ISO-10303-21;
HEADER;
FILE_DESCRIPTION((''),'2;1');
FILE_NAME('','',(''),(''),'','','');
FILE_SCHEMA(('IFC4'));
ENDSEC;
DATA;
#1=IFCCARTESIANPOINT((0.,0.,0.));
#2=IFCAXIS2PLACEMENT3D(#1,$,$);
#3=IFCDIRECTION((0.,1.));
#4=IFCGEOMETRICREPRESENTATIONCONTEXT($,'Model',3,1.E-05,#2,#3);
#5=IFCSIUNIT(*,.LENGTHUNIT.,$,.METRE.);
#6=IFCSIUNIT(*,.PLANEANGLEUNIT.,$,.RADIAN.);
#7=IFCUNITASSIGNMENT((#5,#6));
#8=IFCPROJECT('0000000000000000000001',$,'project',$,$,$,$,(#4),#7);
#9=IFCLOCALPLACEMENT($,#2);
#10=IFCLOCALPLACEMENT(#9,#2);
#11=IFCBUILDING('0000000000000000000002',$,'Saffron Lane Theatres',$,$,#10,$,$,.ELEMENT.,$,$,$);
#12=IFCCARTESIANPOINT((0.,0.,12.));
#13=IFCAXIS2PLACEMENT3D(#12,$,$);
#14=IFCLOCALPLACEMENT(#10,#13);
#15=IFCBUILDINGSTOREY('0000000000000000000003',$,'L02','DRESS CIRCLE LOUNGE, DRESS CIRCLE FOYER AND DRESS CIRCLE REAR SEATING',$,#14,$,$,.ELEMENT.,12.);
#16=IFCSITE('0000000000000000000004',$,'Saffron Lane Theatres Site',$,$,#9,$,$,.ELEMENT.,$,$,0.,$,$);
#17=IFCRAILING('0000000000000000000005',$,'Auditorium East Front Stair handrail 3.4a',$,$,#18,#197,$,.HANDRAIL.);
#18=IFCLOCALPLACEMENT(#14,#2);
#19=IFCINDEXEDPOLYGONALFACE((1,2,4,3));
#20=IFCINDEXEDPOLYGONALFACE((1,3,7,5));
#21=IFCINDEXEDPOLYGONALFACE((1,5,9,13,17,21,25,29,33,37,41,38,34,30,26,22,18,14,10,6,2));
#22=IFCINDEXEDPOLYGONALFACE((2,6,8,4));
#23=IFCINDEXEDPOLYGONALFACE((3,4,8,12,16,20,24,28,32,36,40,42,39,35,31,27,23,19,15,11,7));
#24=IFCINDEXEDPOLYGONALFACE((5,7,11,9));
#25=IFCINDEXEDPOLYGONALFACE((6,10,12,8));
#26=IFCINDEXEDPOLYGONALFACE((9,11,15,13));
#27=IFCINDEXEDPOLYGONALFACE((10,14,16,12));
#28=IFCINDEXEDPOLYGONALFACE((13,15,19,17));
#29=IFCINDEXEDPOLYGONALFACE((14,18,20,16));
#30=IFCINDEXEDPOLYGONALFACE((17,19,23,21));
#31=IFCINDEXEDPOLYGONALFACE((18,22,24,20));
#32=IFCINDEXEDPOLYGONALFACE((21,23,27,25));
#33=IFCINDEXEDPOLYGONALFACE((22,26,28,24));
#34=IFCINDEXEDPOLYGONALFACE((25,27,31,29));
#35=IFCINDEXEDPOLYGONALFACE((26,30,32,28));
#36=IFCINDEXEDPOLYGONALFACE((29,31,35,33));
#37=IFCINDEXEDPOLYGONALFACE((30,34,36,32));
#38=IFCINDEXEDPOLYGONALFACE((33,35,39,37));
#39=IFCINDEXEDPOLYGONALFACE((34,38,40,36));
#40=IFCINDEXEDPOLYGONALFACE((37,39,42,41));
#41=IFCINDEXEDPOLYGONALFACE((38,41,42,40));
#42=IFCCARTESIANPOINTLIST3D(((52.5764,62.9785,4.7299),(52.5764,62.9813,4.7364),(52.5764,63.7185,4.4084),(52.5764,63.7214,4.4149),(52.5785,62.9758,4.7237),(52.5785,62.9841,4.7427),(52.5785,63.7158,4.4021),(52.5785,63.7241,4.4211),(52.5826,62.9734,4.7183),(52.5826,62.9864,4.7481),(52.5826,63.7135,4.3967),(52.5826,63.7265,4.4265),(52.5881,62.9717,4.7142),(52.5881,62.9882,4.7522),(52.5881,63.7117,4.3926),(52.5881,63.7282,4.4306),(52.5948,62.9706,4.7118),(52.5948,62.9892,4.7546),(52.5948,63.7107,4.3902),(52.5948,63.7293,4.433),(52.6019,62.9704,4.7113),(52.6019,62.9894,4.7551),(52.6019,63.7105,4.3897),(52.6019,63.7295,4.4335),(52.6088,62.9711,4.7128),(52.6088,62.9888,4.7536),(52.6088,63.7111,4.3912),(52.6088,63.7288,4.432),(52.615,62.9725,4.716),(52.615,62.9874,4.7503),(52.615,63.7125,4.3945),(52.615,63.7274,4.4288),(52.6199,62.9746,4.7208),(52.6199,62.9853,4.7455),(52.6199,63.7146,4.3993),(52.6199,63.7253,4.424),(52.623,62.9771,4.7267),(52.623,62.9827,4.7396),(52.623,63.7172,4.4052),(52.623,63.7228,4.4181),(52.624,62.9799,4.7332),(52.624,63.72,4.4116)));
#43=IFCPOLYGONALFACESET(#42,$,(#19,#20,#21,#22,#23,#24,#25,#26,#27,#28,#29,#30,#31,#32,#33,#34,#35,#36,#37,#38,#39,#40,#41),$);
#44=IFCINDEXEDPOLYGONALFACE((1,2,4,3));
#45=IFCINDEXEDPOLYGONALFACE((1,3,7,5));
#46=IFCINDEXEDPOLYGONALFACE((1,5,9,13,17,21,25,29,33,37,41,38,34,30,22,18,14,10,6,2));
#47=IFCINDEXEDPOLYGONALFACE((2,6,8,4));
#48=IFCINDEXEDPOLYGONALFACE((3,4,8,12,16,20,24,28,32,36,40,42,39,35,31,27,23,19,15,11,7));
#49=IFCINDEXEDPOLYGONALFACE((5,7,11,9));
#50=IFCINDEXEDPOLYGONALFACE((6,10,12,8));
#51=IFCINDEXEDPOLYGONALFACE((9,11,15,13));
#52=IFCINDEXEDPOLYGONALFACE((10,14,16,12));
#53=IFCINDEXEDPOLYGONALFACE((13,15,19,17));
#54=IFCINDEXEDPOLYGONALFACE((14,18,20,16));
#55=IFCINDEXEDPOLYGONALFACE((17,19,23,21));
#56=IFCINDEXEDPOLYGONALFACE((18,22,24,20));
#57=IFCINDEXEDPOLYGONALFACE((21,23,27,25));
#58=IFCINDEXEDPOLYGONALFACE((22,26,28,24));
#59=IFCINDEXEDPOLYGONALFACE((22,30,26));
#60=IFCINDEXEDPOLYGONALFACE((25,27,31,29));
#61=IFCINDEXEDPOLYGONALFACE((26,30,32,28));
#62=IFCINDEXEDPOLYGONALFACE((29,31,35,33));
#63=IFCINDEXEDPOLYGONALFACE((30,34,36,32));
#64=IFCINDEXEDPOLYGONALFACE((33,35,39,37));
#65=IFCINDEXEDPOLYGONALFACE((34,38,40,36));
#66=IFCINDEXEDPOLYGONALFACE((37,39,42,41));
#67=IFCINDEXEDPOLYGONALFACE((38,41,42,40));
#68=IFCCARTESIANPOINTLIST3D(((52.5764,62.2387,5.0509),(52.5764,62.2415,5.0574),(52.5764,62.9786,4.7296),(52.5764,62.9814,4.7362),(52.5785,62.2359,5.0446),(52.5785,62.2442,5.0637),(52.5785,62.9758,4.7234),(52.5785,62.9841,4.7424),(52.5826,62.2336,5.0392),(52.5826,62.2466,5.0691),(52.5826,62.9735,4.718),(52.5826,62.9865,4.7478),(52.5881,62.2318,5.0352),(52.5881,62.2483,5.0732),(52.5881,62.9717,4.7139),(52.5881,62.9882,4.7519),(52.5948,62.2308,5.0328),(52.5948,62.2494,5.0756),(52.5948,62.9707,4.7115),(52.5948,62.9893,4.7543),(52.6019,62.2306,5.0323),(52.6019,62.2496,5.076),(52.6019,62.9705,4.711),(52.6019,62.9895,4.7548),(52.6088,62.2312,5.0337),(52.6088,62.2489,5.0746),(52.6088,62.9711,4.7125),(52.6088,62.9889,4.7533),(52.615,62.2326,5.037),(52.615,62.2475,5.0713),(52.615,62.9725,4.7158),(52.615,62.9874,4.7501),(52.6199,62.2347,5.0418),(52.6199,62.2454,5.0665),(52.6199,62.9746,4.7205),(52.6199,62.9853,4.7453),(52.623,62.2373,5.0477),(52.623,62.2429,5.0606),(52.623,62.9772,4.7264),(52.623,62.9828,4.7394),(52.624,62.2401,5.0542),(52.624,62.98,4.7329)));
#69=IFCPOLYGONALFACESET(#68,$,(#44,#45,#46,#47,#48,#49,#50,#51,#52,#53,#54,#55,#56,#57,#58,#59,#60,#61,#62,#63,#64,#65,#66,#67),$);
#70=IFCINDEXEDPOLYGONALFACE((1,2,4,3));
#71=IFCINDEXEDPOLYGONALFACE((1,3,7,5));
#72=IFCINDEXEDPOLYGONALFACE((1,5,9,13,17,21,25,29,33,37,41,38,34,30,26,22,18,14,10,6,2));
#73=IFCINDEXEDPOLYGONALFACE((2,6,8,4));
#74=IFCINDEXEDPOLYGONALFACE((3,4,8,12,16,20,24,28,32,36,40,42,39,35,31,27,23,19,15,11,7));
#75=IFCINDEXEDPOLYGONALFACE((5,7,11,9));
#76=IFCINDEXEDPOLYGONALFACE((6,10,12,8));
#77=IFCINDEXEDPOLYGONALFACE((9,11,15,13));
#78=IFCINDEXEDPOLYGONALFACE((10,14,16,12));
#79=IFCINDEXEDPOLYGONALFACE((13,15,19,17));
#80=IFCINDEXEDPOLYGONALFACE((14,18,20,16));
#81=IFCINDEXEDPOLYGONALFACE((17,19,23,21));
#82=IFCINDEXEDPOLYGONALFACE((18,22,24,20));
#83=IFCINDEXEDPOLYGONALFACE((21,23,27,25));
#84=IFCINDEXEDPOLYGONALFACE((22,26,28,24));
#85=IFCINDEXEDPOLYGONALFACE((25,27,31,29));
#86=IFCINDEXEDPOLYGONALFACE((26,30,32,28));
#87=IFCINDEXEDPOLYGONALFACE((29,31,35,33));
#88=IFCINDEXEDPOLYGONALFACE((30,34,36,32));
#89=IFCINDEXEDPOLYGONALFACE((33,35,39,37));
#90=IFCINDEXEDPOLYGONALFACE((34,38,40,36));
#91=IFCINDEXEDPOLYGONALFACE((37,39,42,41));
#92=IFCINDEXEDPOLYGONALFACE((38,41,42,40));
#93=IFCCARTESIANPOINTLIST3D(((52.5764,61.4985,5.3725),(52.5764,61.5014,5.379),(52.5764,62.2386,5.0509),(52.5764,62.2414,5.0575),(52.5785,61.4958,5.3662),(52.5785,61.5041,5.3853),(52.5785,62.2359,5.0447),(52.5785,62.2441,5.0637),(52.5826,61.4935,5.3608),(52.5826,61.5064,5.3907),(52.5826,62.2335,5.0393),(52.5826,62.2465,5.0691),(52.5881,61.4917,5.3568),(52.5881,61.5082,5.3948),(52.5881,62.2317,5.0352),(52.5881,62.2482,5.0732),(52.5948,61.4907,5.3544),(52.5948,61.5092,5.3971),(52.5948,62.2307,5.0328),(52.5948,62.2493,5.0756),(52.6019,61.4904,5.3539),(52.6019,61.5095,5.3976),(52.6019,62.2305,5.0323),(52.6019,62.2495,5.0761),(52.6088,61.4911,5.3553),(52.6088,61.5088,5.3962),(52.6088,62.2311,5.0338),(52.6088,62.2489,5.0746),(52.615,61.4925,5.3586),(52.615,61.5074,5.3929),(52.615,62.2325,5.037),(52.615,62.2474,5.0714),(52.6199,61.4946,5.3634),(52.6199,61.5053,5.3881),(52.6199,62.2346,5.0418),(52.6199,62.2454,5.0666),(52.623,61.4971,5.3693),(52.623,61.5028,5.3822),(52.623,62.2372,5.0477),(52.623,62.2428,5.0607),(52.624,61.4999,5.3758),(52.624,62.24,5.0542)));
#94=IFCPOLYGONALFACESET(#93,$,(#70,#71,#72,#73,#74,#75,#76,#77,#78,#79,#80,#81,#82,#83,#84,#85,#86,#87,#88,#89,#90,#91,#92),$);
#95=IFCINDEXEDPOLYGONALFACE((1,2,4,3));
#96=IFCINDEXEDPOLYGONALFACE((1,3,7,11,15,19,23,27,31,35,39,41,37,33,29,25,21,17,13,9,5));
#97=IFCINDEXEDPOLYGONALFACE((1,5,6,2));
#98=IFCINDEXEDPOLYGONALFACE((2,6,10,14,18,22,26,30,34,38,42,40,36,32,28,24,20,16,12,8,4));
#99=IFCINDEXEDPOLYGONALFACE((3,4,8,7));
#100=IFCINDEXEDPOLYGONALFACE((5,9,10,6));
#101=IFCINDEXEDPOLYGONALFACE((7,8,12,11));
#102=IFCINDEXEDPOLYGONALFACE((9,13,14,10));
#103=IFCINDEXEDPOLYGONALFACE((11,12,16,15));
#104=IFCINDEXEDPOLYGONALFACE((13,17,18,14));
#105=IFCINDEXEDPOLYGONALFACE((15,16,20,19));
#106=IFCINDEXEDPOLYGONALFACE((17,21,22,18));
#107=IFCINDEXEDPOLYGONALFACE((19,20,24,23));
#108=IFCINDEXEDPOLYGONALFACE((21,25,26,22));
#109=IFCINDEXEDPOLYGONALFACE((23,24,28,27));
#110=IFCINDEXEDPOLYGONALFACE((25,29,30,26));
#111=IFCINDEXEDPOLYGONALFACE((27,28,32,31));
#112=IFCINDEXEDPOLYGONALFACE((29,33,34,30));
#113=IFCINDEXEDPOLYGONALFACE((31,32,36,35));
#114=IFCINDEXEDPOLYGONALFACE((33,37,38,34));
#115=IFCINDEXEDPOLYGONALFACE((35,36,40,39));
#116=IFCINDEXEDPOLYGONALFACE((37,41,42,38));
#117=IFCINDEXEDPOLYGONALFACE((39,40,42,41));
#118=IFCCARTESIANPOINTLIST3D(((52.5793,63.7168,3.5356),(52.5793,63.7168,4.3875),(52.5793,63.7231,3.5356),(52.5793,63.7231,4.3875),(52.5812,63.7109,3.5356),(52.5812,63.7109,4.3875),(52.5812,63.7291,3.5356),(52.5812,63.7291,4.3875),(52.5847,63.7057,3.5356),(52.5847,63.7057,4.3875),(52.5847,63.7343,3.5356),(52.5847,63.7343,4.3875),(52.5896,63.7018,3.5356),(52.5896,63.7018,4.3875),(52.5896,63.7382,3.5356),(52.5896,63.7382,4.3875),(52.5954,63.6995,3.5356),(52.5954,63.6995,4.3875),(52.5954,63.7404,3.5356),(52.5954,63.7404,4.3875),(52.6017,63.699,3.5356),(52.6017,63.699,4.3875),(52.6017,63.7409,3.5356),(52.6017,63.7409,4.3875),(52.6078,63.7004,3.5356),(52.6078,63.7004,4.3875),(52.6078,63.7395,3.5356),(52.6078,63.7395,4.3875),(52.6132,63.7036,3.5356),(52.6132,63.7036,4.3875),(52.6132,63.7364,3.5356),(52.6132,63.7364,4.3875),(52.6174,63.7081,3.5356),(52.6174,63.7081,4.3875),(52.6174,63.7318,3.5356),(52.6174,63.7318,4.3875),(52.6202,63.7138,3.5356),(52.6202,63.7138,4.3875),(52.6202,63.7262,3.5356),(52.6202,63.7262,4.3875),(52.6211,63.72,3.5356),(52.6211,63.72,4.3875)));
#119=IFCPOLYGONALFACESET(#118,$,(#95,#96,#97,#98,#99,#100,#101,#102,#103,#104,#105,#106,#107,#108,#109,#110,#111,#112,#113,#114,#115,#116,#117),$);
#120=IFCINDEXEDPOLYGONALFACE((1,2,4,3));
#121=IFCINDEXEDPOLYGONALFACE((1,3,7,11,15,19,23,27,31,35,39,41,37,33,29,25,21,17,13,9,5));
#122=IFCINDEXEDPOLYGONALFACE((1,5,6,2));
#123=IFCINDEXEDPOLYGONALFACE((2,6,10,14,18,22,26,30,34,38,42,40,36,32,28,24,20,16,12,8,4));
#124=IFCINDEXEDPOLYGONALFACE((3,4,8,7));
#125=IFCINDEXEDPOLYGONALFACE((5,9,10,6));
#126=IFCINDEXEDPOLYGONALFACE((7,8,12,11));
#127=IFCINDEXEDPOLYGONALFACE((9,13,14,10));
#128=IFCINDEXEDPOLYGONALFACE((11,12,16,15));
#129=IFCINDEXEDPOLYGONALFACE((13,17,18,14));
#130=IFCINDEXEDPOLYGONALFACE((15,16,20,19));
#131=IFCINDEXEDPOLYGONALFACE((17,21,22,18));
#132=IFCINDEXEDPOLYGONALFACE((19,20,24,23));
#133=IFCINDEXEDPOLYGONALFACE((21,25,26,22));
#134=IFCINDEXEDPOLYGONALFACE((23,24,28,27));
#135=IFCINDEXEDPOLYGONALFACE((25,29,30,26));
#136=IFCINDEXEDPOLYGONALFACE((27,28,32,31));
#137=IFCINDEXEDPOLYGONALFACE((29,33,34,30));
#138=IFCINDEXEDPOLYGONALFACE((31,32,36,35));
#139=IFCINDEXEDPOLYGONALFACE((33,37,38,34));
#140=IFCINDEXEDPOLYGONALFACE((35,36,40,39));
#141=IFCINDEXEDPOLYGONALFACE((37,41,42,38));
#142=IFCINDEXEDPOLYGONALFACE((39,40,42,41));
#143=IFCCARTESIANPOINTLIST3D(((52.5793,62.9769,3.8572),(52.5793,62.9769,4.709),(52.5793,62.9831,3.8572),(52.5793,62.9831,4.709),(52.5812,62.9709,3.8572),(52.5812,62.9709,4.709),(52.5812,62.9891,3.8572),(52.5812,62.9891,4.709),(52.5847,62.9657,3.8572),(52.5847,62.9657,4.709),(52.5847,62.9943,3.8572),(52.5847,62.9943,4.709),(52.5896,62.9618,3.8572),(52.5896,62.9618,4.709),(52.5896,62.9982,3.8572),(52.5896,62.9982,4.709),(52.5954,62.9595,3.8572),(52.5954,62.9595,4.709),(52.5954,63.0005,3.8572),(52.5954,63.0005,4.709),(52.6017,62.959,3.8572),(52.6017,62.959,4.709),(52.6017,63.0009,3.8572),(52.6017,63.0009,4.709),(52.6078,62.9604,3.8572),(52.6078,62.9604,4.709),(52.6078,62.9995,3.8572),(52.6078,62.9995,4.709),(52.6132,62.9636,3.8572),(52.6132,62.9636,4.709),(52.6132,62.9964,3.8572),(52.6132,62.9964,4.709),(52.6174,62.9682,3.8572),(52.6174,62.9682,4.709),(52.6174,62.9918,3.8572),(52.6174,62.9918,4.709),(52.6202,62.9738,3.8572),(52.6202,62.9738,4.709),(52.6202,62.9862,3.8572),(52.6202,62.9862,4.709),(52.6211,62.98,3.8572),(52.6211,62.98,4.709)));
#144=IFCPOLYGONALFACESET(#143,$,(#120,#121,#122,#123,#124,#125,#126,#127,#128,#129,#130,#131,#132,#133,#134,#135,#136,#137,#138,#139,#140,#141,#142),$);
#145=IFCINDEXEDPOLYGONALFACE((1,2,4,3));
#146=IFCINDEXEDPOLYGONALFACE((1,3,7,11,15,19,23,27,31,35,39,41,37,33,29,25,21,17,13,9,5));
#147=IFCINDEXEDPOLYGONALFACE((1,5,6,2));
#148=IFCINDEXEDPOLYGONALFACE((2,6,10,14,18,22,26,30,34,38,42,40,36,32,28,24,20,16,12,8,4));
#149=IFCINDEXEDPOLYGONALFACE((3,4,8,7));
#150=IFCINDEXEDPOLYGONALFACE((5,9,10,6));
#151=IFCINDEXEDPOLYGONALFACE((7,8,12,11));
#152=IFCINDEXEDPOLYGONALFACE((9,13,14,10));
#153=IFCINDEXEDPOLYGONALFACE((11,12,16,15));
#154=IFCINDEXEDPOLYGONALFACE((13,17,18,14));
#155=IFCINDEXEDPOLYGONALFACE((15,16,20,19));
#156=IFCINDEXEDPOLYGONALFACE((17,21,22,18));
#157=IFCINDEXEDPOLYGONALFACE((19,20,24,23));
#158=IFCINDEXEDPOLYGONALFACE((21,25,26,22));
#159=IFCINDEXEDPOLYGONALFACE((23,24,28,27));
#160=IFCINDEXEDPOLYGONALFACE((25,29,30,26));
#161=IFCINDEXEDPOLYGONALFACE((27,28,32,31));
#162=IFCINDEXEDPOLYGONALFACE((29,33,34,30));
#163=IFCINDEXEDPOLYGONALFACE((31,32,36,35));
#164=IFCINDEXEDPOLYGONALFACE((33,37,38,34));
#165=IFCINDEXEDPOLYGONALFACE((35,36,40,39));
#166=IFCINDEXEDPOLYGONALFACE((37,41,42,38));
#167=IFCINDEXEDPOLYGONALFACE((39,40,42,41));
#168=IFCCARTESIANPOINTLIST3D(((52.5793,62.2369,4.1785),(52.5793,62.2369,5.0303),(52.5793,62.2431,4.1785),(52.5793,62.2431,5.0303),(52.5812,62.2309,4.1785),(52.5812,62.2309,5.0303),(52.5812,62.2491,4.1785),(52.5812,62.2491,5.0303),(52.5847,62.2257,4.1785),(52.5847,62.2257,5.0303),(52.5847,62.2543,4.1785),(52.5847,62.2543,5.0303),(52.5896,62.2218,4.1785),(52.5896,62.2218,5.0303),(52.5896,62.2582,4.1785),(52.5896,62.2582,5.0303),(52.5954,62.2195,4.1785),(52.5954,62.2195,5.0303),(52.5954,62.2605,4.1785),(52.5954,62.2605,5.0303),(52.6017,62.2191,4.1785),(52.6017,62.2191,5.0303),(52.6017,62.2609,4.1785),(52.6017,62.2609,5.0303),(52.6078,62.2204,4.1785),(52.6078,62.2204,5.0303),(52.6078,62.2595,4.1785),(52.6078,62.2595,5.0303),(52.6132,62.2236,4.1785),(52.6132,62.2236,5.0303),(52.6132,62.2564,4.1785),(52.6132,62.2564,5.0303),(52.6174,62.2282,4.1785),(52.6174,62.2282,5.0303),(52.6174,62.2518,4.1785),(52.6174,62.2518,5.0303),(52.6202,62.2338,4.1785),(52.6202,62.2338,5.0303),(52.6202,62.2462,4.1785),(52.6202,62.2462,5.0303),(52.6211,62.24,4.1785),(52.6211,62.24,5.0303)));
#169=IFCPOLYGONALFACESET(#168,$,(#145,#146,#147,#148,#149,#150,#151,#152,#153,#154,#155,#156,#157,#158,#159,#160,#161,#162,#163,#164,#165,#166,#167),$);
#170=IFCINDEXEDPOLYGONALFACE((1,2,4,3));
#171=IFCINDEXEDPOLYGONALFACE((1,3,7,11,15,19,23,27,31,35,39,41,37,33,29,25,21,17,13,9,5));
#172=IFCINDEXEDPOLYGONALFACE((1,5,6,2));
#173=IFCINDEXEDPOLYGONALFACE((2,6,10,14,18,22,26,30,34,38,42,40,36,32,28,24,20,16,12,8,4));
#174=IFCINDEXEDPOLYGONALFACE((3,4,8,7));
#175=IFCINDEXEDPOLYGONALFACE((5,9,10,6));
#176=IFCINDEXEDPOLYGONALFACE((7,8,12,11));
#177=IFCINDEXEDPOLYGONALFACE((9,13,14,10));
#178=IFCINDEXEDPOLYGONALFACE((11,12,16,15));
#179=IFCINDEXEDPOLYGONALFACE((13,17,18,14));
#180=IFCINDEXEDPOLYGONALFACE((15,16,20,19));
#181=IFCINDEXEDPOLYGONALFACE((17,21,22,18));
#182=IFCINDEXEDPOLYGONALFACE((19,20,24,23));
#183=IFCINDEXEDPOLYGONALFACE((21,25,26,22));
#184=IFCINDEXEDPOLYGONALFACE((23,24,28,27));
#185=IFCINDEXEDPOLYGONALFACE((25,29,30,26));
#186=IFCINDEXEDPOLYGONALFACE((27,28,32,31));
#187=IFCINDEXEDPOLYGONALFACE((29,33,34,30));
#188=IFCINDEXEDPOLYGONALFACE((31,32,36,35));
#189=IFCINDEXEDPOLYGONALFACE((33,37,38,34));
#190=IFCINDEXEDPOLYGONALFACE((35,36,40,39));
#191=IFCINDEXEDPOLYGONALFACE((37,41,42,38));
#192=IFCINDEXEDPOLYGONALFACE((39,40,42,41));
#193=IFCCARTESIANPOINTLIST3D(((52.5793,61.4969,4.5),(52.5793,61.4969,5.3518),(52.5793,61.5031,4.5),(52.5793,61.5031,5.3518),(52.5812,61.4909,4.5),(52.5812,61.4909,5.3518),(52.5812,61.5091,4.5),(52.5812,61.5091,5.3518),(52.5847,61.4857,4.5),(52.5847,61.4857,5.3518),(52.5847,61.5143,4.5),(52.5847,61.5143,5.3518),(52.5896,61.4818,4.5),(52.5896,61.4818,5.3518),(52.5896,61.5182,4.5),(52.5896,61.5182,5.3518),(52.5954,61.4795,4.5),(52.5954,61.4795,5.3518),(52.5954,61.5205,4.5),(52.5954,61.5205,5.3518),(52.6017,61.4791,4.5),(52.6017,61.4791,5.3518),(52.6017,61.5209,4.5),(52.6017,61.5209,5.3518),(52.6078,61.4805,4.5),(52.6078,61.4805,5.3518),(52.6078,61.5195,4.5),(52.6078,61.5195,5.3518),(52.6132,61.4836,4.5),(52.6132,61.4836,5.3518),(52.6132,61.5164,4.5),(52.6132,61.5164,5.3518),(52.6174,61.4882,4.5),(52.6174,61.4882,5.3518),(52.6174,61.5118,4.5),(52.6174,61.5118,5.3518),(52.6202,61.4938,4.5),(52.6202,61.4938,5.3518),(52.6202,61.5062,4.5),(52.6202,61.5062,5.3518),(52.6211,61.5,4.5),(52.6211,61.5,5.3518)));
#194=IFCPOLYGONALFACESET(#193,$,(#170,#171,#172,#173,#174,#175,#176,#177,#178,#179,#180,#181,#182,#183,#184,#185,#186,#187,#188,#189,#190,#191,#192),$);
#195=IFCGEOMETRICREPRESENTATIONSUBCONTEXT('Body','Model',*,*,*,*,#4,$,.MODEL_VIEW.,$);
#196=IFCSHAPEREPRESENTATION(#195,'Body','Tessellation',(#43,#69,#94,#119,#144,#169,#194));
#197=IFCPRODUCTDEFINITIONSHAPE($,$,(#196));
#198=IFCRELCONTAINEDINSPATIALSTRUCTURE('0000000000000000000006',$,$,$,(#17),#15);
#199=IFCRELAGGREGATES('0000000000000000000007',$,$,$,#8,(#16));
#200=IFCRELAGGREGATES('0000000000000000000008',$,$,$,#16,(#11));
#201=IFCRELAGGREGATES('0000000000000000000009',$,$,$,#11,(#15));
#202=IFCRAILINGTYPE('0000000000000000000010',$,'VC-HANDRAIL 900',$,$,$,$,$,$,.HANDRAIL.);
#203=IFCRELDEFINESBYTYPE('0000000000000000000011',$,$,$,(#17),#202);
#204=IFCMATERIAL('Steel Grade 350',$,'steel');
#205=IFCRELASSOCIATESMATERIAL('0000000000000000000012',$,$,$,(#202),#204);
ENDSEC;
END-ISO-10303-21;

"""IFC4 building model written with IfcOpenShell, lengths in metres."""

from ifc_helpers import new_model, si_unit, direction, frame, origin, origin_2d, place, context, subcontext, project, spatial, circle, extrude, material, type_object, element, save


model = new_model("IFC4")

# Units and contexts
model_context = context("Model", 3, precision=1e-05, world=origin(), true_north=direction((0.0, 1.0)))
body_context = subcontext(model_context, "Body", "Model", "MODEL_VIEW")
ifc_project = project(units=[si_unit("LENGTHUNIT", "METRE"), si_unit("PLANEANGLEUNIT", "RADIAN")], contexts=[model_context])

# Site, building, storey
site_placement = place(None, origin())
site = spatial("IfcSite", under=ifc_project, at=site_placement, Name="Saffron Lane Theatres Site", CompositionType="ELEMENT", RefElevation=0.0)
building_placement = place(site_placement, origin())
building = spatial("IfcBuilding", under=site, at=building_placement, Name="Saffron Lane Theatres", CompositionType="ELEMENT")
storey_placement = place(building_placement, frame((0.0, 0.0, 12.0)))
storey = spatial("IfcBuildingStorey", under=building, at=storey_placement, Name="L02", Description="DRESS CIRCLE LOUNGE, DRESS CIRCLE FOYER AND DRESS CIRCLE REAR SEATING", CompositionType="ELEMENT", Elevation=12.0)

# Railing
ifc_material_1 = material(Name="Steel Grade 350", Category="steel")
railing_type_1 = type_object("IfcRailingType", Name="VC-HANDRAIL 900", PredefinedType="HANDRAIL", material=ifc_material_1)
for number, where, name in (
    (1, (52.6001, 63.72, 3.5356), "Auditorium East Front Stair handrail 3.4a"),
):
    element("IfcRailing", number, at=place(storey_placement, frame(where)), inside=storey, type_object=railing_type_1, Name=name, PredefinedType="HANDRAIL", context=body_context, shape_type="SweptSolid", body=[
        extrude(circle(Radius=0.0239, at=origin_2d()), frame((0.0, 0.0, 0.876), z_axis=(0.0, -0.917161, 0.398516), x_axis=(1.0, 0.0, 0.0)), (0.0, 0.0, 1.0), 0.8069),
        extrude(circle(Radius=0.0239, at=origin_2d()), frame((0.0, -0.74, 1.1973), z_axis=(0.0, -0.917272, 0.398261), x_axis=(1.0, 0.0, 0.0)), (0.0, 0.0, 1.0), 0.8066),
        extrude(circle(Radius=0.0239, at=origin_2d()), frame((0.0, -1.48, 1.5186), z_axis=(0.0, -0.917161, 0.398516), x_axis=(1.0, 0.0, 0.0)), (0.0, 0.0, 1.0), 0.8069),
        extrude(circle(Radius=0.021, at=origin_2d()), origin(), (0.0, 0.0, 1.0), 0.8518),
        extrude(circle(Radius=0.021, at=origin_2d()), frame((0.0, -0.74, 0.3215)), (0.0, 0.0, 1.0), 0.8518),
        extrude(circle(Radius=0.021, at=origin_2d()), frame((0.0, -1.48, 0.6428)), (0.0, 0.0, 1.0), 0.8518),
        extrude(circle(Radius=0.021, at=origin_2d()), frame((0.0, -2.22, 0.9644)), (0.0, 0.0, 1.0), 0.8518),
    ])

save(model, "model.ifc")
